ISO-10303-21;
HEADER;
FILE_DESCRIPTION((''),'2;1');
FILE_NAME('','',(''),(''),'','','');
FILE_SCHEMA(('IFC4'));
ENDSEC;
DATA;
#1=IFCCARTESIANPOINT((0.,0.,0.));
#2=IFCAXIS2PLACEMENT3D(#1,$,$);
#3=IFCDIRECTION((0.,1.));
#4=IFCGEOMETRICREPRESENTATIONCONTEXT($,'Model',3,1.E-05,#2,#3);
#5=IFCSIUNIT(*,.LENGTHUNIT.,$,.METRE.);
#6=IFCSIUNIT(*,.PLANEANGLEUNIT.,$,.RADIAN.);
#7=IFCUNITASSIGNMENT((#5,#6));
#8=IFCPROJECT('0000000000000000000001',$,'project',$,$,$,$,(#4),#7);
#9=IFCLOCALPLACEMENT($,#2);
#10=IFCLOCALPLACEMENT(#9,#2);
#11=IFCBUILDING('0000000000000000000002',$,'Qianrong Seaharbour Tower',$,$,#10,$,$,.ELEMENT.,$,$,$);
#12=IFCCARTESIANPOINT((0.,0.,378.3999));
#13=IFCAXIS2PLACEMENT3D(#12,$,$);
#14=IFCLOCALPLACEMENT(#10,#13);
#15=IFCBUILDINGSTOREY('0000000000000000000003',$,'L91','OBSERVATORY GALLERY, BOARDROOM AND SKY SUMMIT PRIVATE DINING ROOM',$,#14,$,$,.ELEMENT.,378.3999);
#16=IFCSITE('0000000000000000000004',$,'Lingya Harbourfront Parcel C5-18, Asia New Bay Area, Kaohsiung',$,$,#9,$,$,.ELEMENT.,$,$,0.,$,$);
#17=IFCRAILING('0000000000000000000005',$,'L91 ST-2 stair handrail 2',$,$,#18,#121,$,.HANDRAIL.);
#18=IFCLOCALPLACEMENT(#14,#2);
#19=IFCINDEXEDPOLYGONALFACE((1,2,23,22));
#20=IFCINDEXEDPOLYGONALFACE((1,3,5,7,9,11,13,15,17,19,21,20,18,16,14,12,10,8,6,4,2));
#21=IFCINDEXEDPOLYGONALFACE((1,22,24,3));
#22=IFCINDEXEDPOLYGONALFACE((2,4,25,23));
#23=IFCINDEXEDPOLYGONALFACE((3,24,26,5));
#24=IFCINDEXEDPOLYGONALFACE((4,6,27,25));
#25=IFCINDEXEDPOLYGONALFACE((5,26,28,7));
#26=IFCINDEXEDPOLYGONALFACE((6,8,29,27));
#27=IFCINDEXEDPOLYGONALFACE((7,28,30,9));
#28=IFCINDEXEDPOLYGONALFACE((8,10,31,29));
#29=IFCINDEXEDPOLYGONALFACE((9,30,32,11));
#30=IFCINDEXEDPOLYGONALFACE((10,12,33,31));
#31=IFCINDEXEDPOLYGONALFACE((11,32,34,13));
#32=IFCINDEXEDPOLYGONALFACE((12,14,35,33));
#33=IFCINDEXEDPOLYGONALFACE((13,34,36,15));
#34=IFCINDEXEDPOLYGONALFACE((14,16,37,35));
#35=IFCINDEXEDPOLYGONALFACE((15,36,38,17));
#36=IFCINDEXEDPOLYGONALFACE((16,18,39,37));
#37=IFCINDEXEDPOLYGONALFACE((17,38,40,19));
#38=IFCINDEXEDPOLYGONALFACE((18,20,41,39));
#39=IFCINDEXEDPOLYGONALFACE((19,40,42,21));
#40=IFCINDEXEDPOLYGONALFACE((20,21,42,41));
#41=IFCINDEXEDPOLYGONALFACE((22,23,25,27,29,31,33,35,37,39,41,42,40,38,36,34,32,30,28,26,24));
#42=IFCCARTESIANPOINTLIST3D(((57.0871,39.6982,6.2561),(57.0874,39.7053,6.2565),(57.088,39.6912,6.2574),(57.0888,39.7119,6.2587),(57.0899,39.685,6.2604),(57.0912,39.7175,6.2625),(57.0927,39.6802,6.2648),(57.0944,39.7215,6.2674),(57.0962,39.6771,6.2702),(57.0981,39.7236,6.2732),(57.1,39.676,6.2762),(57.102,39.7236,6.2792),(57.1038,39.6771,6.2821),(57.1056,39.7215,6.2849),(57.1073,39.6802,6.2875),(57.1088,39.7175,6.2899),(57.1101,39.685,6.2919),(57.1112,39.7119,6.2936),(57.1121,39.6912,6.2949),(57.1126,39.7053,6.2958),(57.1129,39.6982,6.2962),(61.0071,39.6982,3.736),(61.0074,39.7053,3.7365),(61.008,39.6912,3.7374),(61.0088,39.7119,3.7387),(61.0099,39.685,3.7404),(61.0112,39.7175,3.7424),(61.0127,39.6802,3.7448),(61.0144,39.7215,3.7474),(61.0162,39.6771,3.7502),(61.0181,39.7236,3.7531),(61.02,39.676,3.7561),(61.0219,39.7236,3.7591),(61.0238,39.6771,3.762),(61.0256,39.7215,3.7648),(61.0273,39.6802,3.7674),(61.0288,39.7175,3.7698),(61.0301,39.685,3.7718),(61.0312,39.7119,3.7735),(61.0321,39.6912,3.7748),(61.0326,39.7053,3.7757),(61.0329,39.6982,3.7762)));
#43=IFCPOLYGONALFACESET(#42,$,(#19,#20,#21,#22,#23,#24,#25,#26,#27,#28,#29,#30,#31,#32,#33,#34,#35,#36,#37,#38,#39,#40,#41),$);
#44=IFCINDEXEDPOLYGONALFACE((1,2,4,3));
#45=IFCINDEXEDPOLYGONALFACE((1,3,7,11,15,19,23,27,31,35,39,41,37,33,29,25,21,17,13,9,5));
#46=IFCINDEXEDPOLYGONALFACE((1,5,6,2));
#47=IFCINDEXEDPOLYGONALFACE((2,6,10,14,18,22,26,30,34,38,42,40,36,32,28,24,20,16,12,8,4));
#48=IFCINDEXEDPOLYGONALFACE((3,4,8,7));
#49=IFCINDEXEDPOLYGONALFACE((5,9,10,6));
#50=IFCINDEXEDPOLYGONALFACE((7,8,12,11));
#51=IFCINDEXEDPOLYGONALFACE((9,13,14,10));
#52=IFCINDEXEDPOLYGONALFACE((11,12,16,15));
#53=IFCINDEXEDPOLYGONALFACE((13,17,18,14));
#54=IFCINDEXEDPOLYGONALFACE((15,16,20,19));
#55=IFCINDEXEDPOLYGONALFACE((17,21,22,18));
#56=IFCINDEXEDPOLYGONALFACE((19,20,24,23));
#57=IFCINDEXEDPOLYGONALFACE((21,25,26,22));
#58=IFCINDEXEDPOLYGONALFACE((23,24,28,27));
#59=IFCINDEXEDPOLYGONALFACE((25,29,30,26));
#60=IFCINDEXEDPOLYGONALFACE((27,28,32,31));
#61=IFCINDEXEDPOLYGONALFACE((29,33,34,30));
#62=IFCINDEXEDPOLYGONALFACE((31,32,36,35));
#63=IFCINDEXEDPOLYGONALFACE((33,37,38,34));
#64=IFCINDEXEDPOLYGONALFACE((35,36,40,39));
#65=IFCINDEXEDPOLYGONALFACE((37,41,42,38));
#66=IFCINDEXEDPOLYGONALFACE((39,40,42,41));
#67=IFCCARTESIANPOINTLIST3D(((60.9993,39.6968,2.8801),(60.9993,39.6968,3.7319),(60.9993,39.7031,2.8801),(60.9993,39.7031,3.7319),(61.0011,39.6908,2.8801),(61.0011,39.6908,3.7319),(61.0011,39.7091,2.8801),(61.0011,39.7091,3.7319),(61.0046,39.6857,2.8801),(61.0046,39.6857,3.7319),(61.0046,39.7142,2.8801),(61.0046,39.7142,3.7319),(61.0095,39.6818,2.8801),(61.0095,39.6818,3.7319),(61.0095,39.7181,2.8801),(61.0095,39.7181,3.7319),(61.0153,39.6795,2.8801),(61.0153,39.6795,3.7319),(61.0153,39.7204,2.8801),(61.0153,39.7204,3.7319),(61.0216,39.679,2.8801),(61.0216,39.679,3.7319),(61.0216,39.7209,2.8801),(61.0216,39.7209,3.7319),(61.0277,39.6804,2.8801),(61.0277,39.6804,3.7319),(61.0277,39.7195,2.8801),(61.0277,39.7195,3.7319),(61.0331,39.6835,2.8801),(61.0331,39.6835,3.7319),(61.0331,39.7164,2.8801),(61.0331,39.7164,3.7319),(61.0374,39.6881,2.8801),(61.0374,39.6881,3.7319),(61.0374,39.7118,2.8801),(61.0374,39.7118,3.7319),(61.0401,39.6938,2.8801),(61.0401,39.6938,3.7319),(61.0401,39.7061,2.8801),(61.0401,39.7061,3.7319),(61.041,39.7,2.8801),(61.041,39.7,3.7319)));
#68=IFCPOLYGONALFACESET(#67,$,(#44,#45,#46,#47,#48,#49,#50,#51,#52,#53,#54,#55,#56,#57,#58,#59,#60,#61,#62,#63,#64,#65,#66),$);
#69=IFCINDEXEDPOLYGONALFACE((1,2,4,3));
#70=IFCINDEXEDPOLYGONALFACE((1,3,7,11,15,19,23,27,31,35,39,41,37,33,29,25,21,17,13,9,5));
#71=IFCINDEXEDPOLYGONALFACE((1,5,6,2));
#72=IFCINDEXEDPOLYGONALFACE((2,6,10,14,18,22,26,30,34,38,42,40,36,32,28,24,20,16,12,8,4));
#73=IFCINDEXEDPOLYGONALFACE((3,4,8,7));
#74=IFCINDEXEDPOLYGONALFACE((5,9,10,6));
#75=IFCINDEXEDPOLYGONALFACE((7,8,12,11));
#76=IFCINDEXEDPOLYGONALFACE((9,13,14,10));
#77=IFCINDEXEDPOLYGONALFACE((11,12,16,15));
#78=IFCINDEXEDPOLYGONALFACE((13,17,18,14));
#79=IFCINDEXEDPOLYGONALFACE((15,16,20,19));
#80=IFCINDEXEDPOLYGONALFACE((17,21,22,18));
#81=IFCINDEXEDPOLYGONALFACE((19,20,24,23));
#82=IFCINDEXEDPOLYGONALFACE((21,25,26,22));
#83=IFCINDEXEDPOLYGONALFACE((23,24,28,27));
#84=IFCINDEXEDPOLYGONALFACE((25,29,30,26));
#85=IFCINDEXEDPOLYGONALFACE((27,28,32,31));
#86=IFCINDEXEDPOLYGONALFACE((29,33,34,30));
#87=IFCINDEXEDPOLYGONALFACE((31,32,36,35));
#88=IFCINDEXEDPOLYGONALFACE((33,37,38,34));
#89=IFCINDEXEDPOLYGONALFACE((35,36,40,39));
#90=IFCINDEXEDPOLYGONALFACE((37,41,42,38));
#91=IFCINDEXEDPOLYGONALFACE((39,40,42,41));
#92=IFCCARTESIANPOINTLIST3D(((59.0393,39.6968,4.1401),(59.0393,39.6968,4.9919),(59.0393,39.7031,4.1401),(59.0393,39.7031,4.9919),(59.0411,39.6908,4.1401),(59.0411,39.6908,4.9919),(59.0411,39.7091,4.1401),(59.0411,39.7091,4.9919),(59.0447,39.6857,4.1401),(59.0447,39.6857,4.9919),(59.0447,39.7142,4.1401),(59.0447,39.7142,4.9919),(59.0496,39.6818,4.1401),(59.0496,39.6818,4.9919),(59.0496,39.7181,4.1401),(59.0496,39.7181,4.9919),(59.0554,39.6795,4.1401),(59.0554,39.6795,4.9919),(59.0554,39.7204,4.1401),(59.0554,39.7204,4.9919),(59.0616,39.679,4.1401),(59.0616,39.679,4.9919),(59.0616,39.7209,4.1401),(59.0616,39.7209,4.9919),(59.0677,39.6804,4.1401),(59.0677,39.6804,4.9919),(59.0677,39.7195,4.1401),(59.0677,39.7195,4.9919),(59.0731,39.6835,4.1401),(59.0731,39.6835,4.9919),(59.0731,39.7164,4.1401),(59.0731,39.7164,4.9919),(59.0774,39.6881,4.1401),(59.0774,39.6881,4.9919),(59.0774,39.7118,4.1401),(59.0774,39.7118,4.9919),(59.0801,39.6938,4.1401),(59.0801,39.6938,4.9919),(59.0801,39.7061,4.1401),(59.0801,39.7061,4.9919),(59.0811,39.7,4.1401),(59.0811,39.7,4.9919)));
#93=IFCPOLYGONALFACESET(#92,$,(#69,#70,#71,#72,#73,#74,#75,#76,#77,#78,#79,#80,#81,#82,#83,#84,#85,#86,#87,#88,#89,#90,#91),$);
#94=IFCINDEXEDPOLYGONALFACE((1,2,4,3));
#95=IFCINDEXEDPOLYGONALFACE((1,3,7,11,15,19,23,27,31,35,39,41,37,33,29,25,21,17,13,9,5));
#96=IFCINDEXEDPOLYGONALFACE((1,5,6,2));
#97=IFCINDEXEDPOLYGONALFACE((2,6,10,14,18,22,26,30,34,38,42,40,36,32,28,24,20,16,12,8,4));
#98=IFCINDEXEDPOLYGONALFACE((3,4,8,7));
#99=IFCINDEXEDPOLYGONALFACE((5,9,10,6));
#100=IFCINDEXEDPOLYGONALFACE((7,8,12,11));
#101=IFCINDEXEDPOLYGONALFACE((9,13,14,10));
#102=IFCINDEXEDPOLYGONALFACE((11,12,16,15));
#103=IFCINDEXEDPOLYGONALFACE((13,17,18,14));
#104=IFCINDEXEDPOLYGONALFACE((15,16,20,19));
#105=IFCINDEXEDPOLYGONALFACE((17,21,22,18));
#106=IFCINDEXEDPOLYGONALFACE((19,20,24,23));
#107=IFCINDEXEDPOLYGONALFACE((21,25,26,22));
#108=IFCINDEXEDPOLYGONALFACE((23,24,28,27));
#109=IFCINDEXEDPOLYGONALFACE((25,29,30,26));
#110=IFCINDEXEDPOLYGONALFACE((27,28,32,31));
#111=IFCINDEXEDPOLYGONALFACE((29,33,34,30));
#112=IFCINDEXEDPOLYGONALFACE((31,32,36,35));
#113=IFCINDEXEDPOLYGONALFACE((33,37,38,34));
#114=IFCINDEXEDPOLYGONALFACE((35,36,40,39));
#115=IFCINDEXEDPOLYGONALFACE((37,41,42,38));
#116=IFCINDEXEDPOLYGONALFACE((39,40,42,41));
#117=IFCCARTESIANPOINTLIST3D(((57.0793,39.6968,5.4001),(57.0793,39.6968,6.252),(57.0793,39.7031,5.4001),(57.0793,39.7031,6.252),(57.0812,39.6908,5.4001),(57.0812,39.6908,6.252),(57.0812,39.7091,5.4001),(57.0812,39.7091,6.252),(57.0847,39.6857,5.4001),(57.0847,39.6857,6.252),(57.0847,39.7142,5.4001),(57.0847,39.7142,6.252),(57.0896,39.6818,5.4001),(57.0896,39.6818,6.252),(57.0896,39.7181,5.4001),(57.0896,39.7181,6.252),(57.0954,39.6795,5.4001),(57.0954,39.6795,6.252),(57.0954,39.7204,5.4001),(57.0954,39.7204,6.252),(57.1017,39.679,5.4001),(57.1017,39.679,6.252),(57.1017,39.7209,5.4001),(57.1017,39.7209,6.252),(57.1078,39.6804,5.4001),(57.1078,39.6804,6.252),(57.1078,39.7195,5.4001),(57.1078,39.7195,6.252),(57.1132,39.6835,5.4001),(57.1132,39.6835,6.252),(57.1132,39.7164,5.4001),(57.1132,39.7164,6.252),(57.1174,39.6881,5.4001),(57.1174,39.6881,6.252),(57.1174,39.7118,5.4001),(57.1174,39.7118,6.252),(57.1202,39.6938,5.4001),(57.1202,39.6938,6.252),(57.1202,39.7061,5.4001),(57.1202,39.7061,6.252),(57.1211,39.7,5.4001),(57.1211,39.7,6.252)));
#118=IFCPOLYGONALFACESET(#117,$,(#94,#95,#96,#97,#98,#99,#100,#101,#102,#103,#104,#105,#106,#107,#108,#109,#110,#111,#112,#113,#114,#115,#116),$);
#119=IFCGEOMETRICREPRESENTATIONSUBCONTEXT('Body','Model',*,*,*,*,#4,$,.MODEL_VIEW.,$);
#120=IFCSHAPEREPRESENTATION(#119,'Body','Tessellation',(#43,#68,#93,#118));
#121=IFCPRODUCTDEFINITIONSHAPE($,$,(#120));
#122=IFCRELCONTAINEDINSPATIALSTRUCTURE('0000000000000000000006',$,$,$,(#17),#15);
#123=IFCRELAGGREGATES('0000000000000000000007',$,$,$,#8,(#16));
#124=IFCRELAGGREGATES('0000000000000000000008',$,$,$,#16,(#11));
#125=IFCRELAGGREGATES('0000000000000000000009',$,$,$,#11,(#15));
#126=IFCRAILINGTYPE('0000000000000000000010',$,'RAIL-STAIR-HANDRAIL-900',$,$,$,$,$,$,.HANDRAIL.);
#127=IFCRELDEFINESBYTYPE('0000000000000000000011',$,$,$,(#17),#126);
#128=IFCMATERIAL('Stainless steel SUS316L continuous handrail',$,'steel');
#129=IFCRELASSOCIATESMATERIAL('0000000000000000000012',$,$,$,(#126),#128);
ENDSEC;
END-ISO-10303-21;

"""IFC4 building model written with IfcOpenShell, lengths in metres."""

from ifc_helpers import new_model, si_unit, direction, frame, origin, origin_2d, place, context, subcontext, project, spatial, circle, extrude, material, type_object, element, save


model = new_model("IFC4")

# Units and contexts
model_context = context("Model", 3, precision=1e-05, world=origin(), true_north=direction((0.0, 1.0)))
body_context = subcontext(model_context, "Body", "Model", "MODEL_VIEW")
ifc_project = project(units=[si_unit("LENGTHUNIT", "METRE"), si_unit("PLANEANGLEUNIT", "RADIAN")], contexts=[model_context])

# Site, building, storey
site_placement = place(None, origin())
site = spatial("IfcSite", under=ifc_project, at=site_placement, Name="Lingya Harbourfront Parcel C5-18, Asia New Bay Area, Kaohsiung", CompositionType="ELEMENT", RefElevation=0.0)
building_placement = place(site_placement, origin())
building = spatial("IfcBuilding", under=site, at=building_placement, Name="Qianrong Seaharbour Tower", CompositionType="ELEMENT")
storey_placement = place(building_placement, frame((0.0, 0.0, 378.3999)))
storey = spatial("IfcBuildingStorey", under=building, at=storey_placement, Name="L91", Description="OBSERVATORY GALLERY, BOARDROOM AND SKY SUMMIT PRIVATE DINING ROOM", CompositionType="ELEMENT", Elevation=378.3999)

# Railing
ifc_material_1 = material(Name="Stainless steel SUS316L continuous handrail", Category="steel")
railing_type_1 = type_object("IfcRailingType", Name="RAIL-STAIR-HANDRAIL-900", PredefinedType="HANDRAIL", material=ifc_material_1)
railing_1_placement = place(storey_placement, frame((61.02, 39.7, 2.8801)))
element("IfcRailing", 1, at=railing_1_placement, inside=storey, type_object=railing_type_1, Name="L91 ST-2 stair handrail 2", PredefinedType="HANDRAIL", context=body_context, shape_type="SweptSolid", body=[
    extrude(circle(Radius=0.0239, at=origin_2d()), frame((0.0, 0.0, 0.876), z_axis=(-0.841172, 0.0, 0.540768), x_axis=(0.0, -1.0, 0.0)), (0.0, 0.0, 1.0), 4.6602),
    extrude(circle(Radius=0.021, at=origin_2d()), origin(), (0.0, 0.0, 1.0), 0.8518),
    extrude(circle(Radius=0.021, at=origin_2d()), frame((-1.96, 0.0, 1.26)), (0.0, 0.0, 1.0), 0.8518),
    extrude(circle(Radius=0.021, at=origin_2d()), frame((-3.9199, 0.0, 2.52)), (0.0, 0.0, 1.0), 0.8518),
])

save(model, "model.ifc")
